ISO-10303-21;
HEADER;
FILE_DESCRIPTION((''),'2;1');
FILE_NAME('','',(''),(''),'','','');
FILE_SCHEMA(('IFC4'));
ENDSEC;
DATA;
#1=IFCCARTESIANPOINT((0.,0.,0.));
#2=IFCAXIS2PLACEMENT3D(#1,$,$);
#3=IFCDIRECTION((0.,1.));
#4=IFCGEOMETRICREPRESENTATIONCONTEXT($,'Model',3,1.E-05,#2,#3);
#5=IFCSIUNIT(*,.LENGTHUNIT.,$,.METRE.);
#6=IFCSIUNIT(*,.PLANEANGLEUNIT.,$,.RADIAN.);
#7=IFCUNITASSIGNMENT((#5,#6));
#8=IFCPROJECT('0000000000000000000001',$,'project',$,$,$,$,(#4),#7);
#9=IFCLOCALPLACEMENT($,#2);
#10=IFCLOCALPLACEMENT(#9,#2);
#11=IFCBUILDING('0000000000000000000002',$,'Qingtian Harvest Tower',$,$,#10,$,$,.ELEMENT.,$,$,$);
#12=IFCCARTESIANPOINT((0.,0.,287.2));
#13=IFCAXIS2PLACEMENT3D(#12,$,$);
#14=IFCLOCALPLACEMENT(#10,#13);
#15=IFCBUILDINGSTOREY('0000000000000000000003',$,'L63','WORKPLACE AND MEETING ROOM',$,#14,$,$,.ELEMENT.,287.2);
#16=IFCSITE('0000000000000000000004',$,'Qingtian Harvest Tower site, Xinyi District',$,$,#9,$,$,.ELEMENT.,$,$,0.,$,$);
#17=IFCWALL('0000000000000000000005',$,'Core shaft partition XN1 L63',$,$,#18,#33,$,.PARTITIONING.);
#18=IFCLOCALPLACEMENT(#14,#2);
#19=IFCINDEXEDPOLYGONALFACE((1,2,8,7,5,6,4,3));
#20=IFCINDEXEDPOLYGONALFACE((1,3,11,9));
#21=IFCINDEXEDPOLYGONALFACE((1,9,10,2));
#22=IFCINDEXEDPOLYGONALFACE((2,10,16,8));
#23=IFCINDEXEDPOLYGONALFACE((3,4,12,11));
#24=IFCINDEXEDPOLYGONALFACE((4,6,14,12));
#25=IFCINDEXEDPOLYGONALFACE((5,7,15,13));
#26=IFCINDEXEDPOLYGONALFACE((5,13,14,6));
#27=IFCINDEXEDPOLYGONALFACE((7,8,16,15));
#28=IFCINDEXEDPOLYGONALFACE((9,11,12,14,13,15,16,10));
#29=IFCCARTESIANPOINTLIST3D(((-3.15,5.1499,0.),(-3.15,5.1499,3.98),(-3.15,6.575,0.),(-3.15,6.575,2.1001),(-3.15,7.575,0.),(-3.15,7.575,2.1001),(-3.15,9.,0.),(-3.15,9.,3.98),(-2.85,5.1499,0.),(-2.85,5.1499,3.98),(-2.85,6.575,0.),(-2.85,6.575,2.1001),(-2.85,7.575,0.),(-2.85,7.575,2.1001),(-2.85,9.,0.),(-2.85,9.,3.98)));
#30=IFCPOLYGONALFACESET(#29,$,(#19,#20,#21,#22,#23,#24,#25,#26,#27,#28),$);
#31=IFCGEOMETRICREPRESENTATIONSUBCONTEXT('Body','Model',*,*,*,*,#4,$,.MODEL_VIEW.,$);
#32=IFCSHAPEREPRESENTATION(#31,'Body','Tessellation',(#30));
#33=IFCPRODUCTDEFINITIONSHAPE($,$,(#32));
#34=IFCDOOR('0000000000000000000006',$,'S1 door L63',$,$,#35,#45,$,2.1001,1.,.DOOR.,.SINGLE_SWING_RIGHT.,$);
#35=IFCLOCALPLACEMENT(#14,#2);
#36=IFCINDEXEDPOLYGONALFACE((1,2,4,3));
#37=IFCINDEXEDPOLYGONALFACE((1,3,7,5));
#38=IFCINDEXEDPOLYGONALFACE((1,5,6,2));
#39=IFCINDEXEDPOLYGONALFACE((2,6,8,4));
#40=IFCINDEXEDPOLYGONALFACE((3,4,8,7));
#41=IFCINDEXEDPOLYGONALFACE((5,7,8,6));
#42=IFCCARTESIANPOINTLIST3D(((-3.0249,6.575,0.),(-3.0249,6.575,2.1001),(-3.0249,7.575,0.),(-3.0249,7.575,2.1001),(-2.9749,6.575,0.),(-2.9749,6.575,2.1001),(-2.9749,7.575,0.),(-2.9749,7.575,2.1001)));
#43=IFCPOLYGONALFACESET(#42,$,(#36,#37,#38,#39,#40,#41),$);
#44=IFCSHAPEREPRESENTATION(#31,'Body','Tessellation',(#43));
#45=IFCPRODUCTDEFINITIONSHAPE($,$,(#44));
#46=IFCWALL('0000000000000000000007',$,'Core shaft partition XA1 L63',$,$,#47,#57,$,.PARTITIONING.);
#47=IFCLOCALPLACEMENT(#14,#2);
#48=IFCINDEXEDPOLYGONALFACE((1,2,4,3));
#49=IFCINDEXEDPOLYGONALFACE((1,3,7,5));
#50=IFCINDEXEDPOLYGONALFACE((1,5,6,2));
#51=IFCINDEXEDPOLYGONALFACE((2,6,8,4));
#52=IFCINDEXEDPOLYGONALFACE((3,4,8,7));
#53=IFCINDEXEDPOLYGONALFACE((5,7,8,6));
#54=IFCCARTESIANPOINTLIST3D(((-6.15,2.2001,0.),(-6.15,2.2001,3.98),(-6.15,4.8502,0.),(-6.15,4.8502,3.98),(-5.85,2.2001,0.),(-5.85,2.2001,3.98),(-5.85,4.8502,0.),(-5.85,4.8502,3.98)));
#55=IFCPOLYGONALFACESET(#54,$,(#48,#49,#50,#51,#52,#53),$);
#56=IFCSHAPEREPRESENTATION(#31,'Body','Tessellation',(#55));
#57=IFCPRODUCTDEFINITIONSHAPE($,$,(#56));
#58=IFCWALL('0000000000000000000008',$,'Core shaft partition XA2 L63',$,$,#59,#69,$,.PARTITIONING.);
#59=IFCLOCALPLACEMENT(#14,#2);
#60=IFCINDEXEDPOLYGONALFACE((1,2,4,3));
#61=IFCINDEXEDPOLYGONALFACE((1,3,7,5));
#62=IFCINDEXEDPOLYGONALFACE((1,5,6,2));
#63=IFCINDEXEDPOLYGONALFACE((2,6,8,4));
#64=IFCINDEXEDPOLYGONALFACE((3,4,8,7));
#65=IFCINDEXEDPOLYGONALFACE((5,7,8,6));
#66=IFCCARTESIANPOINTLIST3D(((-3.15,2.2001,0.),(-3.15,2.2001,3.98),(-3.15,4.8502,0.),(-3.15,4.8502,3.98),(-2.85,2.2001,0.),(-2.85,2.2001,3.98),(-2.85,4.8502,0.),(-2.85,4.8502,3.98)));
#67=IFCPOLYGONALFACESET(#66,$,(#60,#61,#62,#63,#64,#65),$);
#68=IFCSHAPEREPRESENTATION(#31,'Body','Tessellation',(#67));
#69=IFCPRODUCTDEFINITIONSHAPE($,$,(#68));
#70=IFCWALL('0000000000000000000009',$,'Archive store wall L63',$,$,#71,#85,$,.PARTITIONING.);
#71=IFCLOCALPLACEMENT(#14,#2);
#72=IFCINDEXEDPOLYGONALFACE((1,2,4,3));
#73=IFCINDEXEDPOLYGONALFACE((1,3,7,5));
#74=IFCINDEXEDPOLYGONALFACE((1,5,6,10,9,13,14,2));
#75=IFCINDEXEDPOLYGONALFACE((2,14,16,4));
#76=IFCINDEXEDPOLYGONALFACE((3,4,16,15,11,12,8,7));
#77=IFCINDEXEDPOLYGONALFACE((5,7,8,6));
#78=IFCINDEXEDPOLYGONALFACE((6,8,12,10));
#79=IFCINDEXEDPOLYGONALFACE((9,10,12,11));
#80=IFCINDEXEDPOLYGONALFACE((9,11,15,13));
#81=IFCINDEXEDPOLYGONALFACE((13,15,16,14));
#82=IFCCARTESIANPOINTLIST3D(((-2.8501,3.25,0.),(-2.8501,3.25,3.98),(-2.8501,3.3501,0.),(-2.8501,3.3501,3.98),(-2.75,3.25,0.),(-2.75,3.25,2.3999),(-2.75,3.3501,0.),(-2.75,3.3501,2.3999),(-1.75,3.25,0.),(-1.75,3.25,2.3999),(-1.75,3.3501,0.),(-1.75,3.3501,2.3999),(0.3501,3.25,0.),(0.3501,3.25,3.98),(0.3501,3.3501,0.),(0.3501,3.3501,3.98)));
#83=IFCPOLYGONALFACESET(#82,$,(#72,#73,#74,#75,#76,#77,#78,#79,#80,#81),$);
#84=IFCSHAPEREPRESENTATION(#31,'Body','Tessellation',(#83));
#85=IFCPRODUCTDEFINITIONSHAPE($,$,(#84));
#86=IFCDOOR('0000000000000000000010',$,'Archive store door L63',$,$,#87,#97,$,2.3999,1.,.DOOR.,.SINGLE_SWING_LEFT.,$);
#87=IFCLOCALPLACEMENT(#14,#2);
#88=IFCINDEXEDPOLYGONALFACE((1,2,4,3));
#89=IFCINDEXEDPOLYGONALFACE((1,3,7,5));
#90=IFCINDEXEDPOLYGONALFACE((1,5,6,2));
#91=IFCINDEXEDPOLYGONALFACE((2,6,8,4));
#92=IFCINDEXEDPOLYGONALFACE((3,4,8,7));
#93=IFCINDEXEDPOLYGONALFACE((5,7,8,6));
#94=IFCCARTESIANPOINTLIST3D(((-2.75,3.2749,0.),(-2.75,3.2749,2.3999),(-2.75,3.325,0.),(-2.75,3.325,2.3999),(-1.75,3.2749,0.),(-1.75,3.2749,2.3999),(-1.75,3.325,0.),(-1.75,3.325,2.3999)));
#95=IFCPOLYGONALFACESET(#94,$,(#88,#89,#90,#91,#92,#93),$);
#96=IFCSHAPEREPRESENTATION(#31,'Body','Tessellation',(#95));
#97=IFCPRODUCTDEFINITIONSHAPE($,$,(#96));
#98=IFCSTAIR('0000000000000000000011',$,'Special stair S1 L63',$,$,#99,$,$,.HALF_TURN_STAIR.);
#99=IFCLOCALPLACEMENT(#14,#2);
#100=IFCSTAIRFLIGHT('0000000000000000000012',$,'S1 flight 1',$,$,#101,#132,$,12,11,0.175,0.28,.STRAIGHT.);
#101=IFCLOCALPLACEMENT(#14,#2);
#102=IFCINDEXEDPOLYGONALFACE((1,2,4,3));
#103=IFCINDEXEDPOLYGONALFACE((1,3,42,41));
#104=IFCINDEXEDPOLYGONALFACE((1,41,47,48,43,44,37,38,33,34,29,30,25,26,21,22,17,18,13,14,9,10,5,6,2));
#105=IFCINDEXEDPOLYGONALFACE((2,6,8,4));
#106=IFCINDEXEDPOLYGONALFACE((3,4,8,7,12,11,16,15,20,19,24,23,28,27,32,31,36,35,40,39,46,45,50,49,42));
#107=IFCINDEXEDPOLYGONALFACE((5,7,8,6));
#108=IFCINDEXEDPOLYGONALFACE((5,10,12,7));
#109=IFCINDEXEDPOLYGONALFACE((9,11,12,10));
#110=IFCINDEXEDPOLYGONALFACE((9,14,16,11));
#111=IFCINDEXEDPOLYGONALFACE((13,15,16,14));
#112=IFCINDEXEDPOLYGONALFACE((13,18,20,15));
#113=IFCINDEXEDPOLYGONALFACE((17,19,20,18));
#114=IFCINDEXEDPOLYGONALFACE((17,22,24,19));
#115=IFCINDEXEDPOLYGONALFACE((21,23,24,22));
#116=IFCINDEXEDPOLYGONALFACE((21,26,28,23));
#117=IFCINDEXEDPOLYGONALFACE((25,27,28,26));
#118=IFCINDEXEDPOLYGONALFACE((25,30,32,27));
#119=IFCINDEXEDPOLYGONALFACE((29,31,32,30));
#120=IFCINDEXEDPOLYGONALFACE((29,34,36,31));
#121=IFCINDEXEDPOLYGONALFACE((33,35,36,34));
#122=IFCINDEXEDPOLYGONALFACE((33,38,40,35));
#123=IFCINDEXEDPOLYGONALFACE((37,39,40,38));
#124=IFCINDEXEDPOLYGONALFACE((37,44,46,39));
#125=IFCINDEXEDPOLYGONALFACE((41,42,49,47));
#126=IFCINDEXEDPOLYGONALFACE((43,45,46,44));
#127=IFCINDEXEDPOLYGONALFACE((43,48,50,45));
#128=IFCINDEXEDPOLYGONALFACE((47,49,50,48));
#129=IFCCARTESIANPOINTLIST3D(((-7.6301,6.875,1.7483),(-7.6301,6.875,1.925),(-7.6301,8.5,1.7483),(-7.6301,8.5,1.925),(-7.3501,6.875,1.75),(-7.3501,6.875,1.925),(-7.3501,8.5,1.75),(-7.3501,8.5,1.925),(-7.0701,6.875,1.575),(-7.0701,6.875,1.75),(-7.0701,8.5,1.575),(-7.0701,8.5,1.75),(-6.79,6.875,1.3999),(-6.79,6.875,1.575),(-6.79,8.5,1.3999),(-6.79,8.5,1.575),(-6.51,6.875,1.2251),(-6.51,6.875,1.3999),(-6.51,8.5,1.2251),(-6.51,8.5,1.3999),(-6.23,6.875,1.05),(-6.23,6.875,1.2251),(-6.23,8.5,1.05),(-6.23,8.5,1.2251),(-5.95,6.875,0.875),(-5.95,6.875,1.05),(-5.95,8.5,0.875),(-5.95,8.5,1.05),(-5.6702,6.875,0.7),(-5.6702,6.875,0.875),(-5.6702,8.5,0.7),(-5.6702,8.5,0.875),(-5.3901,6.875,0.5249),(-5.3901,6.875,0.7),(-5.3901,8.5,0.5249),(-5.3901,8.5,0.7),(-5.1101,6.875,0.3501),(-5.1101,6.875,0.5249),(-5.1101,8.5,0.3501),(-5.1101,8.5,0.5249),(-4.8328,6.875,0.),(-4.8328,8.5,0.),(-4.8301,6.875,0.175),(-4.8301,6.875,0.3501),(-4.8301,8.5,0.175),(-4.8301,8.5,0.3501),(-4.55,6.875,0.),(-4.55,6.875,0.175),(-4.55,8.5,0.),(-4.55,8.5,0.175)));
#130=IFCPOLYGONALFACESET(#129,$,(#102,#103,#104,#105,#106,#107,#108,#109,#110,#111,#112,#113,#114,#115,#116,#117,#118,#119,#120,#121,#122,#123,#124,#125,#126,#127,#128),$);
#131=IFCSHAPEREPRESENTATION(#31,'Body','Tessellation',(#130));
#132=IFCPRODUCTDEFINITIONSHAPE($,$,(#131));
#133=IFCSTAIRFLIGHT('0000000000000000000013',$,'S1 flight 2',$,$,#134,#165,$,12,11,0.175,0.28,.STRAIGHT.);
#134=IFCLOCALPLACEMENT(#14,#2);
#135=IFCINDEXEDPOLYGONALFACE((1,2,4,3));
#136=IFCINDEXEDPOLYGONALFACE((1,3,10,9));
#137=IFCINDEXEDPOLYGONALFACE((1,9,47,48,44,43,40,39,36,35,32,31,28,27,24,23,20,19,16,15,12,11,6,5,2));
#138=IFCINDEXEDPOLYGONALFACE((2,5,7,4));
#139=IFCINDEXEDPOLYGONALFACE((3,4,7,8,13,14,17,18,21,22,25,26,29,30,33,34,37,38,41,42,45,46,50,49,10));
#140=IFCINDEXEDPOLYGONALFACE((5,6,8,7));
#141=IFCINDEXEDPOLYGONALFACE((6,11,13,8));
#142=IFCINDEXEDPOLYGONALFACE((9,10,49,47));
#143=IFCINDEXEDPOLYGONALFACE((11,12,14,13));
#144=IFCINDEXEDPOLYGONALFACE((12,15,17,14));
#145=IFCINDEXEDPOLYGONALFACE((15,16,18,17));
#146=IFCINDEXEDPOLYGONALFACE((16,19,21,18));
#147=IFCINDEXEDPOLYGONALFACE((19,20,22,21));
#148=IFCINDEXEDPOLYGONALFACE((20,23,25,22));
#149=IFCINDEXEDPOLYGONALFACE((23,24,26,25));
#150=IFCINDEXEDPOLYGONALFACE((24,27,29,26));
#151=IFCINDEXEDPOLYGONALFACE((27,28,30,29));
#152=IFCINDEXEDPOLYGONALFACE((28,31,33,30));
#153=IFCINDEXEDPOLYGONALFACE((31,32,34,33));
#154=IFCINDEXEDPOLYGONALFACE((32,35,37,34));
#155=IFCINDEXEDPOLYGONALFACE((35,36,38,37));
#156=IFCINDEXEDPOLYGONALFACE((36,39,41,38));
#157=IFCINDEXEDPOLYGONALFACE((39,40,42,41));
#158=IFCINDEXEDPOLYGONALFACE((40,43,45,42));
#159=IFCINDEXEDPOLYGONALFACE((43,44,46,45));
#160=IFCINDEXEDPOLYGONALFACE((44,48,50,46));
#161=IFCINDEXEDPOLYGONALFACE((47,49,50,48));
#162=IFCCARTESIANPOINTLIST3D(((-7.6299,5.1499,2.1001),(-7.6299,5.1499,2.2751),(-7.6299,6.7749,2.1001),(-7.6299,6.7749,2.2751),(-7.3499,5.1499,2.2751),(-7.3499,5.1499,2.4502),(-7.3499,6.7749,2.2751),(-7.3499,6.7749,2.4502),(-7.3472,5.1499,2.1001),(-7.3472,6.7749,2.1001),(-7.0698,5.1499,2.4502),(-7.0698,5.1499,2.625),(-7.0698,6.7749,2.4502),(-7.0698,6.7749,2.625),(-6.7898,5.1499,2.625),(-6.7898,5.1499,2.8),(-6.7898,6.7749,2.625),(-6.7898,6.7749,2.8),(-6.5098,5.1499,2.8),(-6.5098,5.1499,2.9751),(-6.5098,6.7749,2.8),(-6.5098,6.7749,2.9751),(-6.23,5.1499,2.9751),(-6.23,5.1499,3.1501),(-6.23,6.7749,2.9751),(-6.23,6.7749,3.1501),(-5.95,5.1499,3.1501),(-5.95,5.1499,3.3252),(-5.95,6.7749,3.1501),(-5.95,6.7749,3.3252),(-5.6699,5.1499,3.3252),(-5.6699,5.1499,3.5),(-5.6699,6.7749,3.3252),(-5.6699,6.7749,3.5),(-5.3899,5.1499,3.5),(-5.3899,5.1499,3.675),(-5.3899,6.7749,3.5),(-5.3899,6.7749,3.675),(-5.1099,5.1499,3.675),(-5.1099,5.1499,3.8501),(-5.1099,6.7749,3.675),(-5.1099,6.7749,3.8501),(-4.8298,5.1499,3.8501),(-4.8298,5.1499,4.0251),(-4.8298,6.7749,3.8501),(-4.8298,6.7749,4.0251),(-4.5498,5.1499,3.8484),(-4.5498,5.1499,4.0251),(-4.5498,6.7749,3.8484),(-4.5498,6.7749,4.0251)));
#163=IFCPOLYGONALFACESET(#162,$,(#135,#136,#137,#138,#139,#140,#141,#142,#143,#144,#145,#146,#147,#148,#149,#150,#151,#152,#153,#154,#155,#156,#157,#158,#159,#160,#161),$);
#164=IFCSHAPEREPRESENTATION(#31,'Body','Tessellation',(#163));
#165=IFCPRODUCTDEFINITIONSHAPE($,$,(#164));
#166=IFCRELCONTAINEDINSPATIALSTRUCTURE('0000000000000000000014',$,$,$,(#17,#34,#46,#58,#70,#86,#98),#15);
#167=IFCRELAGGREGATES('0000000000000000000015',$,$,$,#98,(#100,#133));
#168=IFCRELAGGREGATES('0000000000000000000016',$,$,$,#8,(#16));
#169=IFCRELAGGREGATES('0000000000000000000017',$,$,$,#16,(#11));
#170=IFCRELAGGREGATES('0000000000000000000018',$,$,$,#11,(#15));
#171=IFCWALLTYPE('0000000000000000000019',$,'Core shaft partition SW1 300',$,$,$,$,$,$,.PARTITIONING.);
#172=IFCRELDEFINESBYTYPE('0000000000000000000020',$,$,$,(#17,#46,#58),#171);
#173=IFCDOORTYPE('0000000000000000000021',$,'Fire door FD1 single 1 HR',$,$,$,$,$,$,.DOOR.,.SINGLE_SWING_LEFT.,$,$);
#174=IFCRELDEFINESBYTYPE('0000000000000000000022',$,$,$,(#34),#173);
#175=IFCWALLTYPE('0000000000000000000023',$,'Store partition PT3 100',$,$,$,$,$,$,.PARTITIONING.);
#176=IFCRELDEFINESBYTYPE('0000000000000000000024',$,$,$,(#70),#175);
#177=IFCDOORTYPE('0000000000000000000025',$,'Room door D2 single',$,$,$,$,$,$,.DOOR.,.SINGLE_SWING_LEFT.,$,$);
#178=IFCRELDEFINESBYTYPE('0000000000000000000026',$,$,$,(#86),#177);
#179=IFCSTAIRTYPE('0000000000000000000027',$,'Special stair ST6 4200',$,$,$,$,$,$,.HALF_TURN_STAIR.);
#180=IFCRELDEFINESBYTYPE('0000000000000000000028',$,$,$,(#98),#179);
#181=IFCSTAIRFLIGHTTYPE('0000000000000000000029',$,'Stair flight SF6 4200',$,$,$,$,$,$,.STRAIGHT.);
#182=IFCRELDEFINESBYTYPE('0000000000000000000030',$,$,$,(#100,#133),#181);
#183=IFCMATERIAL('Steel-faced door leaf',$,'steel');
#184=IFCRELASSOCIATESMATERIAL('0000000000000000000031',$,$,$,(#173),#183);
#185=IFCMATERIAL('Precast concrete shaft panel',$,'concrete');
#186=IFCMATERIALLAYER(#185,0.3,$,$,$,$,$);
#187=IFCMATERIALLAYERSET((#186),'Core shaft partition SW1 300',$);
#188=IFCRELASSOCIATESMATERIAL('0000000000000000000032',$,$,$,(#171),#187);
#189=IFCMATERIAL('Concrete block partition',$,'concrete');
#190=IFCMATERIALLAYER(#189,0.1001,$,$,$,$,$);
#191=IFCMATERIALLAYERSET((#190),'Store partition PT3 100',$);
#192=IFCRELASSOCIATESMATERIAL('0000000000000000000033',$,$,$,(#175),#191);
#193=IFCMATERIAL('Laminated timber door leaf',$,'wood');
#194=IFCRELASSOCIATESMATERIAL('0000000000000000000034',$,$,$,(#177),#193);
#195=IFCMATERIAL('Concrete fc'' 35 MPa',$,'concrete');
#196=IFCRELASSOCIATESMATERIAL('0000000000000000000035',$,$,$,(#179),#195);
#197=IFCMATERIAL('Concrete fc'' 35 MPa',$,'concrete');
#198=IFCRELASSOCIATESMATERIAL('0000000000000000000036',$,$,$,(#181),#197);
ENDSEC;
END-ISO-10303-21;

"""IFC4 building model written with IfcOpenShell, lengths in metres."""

from ifc_helpers import new_model, si_unit, direction, frame, frame_2d, origin, place, context, subcontext, project, spatial, polyline, rectangle, outline, extrude, material, layer, layer_set, type_object, element, fill, aggregate, save


model = new_model("IFC4")

# Units and contexts
model_context = context("Model", 3, precision=1e-05, world=origin(), true_north=direction((0.0, 1.0)))
body_context = subcontext(model_context, "Body", "Model", "MODEL_VIEW")
ifc_project = project(units=[si_unit("LENGTHUNIT", "METRE"), si_unit("PLANEANGLEUNIT", "RADIAN")], contexts=[model_context])

# Site, building, storey
site_placement = place(None, origin())
site = spatial("IfcSite", under=ifc_project, at=site_placement, Name="Qingtian Harvest Tower site, Xinyi District", CompositionType="ELEMENT", RefElevation=0.0)
building_placement = place(site_placement, origin())
building = spatial("IfcBuilding", under=site, at=building_placement, Name="Qingtian Harvest Tower", CompositionType="ELEMENT")
storey_placement = place(building_placement, frame((0.0, 0.0, 287.2)))
storey = spatial("IfcBuildingStorey", under=building, at=storey_placement, Name="L63", Description="WORKPLACE AND MEETING ROOM", CompositionType="ELEMENT", Elevation=287.2)

# Shared definitions
ifc_material_1 = material(Name="Steel-faced door leaf", Category="steel")
door_type_1 = type_object("IfcDoorType", Name="Fire door FD1 single 1 HR", OperationType="SINGLE_SWING_LEFT", PredefinedType="DOOR", material=ifc_material_1)

# Wall, opening, door
ifc_material_2 = material(Name="Precast concrete shaft panel", Category="concrete")
ifc_layer_1 = layer(ifc_material_2, 0.3)
ifc_layer_set_1 = layer_set([ifc_layer_1], Name="Core shaft partition SW1 300")
wall_type_1 = type_object("IfcWallType", Name="Core shaft partition SW1 300", PredefinedType="PARTITIONING", material=ifc_layer_set_1)
wall_1_placement = place(storey_placement, frame((-3.0, 5.1499, 0.0), z_axis=(0.0, 0.0, 1.0), x_axis=(0.0, 1.0, 0.0)))
wall_1 = element("IfcWall", 1, at=wall_1_placement, inside=storey, type_object=wall_type_1, Name="Core shaft partition XN1 L63", PredefinedType="PARTITIONING", context=body_context, shape_type="SweptSolid", body=[
    extrude(rectangle(XDim=3.8501, YDim=0.3, at=frame_2d((1.925, 0.0))), origin(), (0.0, 0.0, 1.0), 3.98),
])
opening_1_placement = place(wall_1_placement, frame((1.425, 0.0, 0.0)))
opening_1 = element("IfcOpeningElement", 2, at=opening_1_placement, cuts=wall_1, PredefinedType="OPENING", context=body_context, shape_type="SweptSolid", body=[
    extrude(rectangle(XDim=1.0, YDim=2.1001, at=frame_2d((0.5, 1.05))), frame((0.0, 0.1599, 0.0), z_axis=(0.0, -1.0, 0.0), x_axis=(1.0, 0.0, 0.0)), (0.0, 0.0, 1.0), 0.3201),
])
door_1_placement = place(opening_1_placement, origin())
door_1 = element("IfcDoor", 3, at=door_1_placement, inside=storey, type_object=door_type_1, Name="S1 door L63", OperationType="SINGLE_SWING_RIGHT", OverallHeight=2.1001, OverallWidth=1.0, PredefinedType="DOOR", context=body_context, shape_type="SweptSolid", body=[
    extrude(rectangle(XDim=1.0, YDim=2.1001, at=frame_2d((0.5, 1.05))), frame((0.0, 0.0249, 0.0), z_axis=(0.0, -1.0, 0.0), x_axis=(1.0, 0.0, 0.0)), (0.0, 0.0, 1.0), 0.05),
])
fill(opening_1, door_1)

# Walls
for number, where, z_axis, x_axis, name in (
    (4, (-6.0, 2.2, 0.0), (0.0, 0.0, 1.0), (0.0, 1.0, 0.0), "Core shaft partition XA1 L63"),
    (5, (-3.0, 2.2, 0.0), (0.0, 0.0, 1.0), (0.0, 1.0, 0.0), "Core shaft partition XA2 L63"),
):
    element("IfcWall", number, at=place(storey_placement, frame(where, z_axis=z_axis, x_axis=x_axis)), inside=storey, type_object=wall_type_1, Name=name, PredefinedType="PARTITIONING", context=body_context, shape_type="SweptSolid", body=[
        extrude(rectangle(XDim=2.6501, YDim=0.3, at=frame_2d((1.3252, 0.0))), origin(), (0.0, 0.0, 1.0), 3.98),
    ])

# Wall, opening, door
ifc_material_3 = material(Name="Concrete block partition", Category="concrete")
ifc_layer_2 = layer(ifc_material_3, 0.1001)
ifc_layer_set_2 = layer_set([ifc_layer_2], Name="Store partition PT3 100")
wall_type_2 = type_object("IfcWallType", Name="Store partition PT3 100", PredefinedType="PARTITIONING", material=ifc_layer_set_2)
wall_2_placement = place(storey_placement, frame((-2.8501, 3.3, 0.0), z_axis=(0.0, 0.0, 1.0), x_axis=(1.0, 0.0, 0.0)))
wall_2 = element("IfcWall", 6, at=wall_2_placement, inside=storey, type_object=wall_type_2, Name="Archive store wall L63", PredefinedType="PARTITIONING", context=body_context, shape_type="SweptSolid", body=[
    extrude(rectangle(XDim=3.2002, YDim=0.1001, at=frame_2d((1.6001, 0.0))), origin(), (0.0, 0.0, 1.0), 3.98),
])
opening_2_placement = place(wall_2_placement, frame((0.1001, 0.0, 0.0)))
opening_2 = element("IfcOpeningElement", 7, at=opening_2_placement, cuts=wall_2, PredefinedType="OPENING", context=body_context, shape_type="SweptSolid", body=[
    extrude(rectangle(XDim=1.0, YDim=2.3999, at=frame_2d((0.5, 1.2))), frame((0.0, 0.0601, 0.0), z_axis=(0.0, -1.0, 0.0), x_axis=(1.0, 0.0, 0.0)), (0.0, 0.0, 1.0), 0.1201),
])
ifc_material_4 = material(Name="Laminated timber door leaf", Category="wood")
door_type_2 = type_object("IfcDoorType", Name="Room door D2 single", OperationType="SINGLE_SWING_LEFT", PredefinedType="DOOR", material=ifc_material_4)
door_2_placement = place(opening_2_placement, origin())
door_2 = element("IfcDoor", 8, at=door_2_placement, inside=storey, type_object=door_type_2, Name="Archive store door L63", OperationType="SINGLE_SWING_LEFT", OverallHeight=2.3999, OverallWidth=1.0, PredefinedType="DOOR", context=body_context, shape_type="SweptSolid", body=[
    extrude(rectangle(XDim=1.0, YDim=2.3999, at=frame_2d((0.5, 1.2))), frame((0.0, 0.0249, 0.0), z_axis=(0.0, -1.0, 0.0), x_axis=(1.0, 0.0, 0.0)), (0.0, 0.0, 1.0), 0.05),
])
fill(opening_2, door_2)

# Stair, stair flights
ifc_material_5 = material(Name="Concrete fc' 35 MPa", Category="concrete")
stair_type = type_object("IfcStairType", Name="Special stair ST6 4200", PredefinedType="HALF_TURN_STAIR", material=ifc_material_5)
stair_placement = place(storey_placement, origin())
stair = element("IfcStair", 9, at=stair_placement, inside=storey, type_object=stair_type, Name="Special stair S1 L63", PredefinedType="HALF_TURN_STAIR")
ifc_material_6 = material(Name="Concrete fc' 35 MPa", Category="concrete")
stair_flight_type = type_object("IfcStairFlightType", Name="Stair flight SF6 4200", PredefinedType="STRAIGHT", material=ifc_material_6)
stair_flight_1_placement = place(storey_placement, frame((-4.55, 7.6875, 0.0), z_axis=(0.0, 0.0, 1.0), x_axis=(-1.0, 0.0, 0.0)))
stair_flight_1 = element("IfcStairFlight", 10, at=stair_flight_1_placement, type_object=stair_flight_type, Name="S1 flight 1", NumberOfRisers=12, NumberOfTreads=11, PredefinedType="STRAIGHT", RiserHeight=0.175, TreadLength=0.28, context=body_context, shape_type="SweptSolid", body=[
    extrude(outline(polyline([(0.0, 0.0), (0.0, 0.175), (0.28, 0.175), (0.28, 0.3501), (0.5601, 0.3501), (0.5601, 0.5249), (0.8401, 0.5249), (0.8401, 0.7), (1.1201, 0.7), (1.1201, 0.875), (1.3999, 0.875), (1.3999, 1.05), (1.6799, 1.05), (1.6799, 1.2251), (1.96, 1.2251), (1.96, 1.3999), (2.24, 1.3999), (2.24, 1.575), (2.52, 1.575), (2.52, 1.75), (2.8, 1.75), (2.8, 1.925), (3.0801, 1.925), (3.0801, 2.1001), (3.0801, 1.7483), (0.2827, 0.0), (0.0, 0.0)])), frame((0.0, 0.8125, 0.0), z_axis=(0.0, -1.0, 0.0), x_axis=(1.0, 0.0, 0.0)), (0.0, 0.0, 1.0), 1.625),
])
stair_flight_2_placement = place(storey_placement, frame((-7.6299, 5.9624, 2.1001), z_axis=(0.0, 0.0, 1.0), x_axis=(1.0, 0.0, 0.0)))
stair_flight_2 = element("IfcStairFlight", 11, at=stair_flight_2_placement, type_object=stair_flight_type, Name="S1 flight 2", NumberOfRisers=12, NumberOfTreads=11, PredefinedType="STRAIGHT", RiserHeight=0.175, TreadLength=0.28, context=body_context, shape_type="SweptSolid", body=[
    extrude(outline(polyline([(0.0, 0.0), (0.0, 0.175), (0.28, 0.175), (0.28, 0.3501), (0.5601, 0.3501), (0.5601, 0.5249), (0.8401, 0.5249), (0.8401, 0.7), (1.1201, 0.7), (1.1201, 0.875), (1.3999, 0.875), (1.3999, 1.05), (1.6799, 1.05), (1.6799, 1.2251), (1.96, 1.2251), (1.96, 1.3999), (2.24, 1.3999), (2.24, 1.575), (2.52, 1.575), (2.52, 1.75), (2.8, 1.75), (2.8, 1.925), (3.0801, 1.925), (3.0801, 2.1001), (3.0801, 1.7483), (0.2827, 0.0), (0.0, 0.0)])), frame((0.0, 0.8125, 0.0), z_axis=(0.0, -1.0, 0.0), x_axis=(1.0, 0.0, 0.0)), (0.0, 0.0, 1.0), 1.625),
])
aggregate(stair, [stair_flight_1, stair_flight_2])

save(model, "model.ifc")
